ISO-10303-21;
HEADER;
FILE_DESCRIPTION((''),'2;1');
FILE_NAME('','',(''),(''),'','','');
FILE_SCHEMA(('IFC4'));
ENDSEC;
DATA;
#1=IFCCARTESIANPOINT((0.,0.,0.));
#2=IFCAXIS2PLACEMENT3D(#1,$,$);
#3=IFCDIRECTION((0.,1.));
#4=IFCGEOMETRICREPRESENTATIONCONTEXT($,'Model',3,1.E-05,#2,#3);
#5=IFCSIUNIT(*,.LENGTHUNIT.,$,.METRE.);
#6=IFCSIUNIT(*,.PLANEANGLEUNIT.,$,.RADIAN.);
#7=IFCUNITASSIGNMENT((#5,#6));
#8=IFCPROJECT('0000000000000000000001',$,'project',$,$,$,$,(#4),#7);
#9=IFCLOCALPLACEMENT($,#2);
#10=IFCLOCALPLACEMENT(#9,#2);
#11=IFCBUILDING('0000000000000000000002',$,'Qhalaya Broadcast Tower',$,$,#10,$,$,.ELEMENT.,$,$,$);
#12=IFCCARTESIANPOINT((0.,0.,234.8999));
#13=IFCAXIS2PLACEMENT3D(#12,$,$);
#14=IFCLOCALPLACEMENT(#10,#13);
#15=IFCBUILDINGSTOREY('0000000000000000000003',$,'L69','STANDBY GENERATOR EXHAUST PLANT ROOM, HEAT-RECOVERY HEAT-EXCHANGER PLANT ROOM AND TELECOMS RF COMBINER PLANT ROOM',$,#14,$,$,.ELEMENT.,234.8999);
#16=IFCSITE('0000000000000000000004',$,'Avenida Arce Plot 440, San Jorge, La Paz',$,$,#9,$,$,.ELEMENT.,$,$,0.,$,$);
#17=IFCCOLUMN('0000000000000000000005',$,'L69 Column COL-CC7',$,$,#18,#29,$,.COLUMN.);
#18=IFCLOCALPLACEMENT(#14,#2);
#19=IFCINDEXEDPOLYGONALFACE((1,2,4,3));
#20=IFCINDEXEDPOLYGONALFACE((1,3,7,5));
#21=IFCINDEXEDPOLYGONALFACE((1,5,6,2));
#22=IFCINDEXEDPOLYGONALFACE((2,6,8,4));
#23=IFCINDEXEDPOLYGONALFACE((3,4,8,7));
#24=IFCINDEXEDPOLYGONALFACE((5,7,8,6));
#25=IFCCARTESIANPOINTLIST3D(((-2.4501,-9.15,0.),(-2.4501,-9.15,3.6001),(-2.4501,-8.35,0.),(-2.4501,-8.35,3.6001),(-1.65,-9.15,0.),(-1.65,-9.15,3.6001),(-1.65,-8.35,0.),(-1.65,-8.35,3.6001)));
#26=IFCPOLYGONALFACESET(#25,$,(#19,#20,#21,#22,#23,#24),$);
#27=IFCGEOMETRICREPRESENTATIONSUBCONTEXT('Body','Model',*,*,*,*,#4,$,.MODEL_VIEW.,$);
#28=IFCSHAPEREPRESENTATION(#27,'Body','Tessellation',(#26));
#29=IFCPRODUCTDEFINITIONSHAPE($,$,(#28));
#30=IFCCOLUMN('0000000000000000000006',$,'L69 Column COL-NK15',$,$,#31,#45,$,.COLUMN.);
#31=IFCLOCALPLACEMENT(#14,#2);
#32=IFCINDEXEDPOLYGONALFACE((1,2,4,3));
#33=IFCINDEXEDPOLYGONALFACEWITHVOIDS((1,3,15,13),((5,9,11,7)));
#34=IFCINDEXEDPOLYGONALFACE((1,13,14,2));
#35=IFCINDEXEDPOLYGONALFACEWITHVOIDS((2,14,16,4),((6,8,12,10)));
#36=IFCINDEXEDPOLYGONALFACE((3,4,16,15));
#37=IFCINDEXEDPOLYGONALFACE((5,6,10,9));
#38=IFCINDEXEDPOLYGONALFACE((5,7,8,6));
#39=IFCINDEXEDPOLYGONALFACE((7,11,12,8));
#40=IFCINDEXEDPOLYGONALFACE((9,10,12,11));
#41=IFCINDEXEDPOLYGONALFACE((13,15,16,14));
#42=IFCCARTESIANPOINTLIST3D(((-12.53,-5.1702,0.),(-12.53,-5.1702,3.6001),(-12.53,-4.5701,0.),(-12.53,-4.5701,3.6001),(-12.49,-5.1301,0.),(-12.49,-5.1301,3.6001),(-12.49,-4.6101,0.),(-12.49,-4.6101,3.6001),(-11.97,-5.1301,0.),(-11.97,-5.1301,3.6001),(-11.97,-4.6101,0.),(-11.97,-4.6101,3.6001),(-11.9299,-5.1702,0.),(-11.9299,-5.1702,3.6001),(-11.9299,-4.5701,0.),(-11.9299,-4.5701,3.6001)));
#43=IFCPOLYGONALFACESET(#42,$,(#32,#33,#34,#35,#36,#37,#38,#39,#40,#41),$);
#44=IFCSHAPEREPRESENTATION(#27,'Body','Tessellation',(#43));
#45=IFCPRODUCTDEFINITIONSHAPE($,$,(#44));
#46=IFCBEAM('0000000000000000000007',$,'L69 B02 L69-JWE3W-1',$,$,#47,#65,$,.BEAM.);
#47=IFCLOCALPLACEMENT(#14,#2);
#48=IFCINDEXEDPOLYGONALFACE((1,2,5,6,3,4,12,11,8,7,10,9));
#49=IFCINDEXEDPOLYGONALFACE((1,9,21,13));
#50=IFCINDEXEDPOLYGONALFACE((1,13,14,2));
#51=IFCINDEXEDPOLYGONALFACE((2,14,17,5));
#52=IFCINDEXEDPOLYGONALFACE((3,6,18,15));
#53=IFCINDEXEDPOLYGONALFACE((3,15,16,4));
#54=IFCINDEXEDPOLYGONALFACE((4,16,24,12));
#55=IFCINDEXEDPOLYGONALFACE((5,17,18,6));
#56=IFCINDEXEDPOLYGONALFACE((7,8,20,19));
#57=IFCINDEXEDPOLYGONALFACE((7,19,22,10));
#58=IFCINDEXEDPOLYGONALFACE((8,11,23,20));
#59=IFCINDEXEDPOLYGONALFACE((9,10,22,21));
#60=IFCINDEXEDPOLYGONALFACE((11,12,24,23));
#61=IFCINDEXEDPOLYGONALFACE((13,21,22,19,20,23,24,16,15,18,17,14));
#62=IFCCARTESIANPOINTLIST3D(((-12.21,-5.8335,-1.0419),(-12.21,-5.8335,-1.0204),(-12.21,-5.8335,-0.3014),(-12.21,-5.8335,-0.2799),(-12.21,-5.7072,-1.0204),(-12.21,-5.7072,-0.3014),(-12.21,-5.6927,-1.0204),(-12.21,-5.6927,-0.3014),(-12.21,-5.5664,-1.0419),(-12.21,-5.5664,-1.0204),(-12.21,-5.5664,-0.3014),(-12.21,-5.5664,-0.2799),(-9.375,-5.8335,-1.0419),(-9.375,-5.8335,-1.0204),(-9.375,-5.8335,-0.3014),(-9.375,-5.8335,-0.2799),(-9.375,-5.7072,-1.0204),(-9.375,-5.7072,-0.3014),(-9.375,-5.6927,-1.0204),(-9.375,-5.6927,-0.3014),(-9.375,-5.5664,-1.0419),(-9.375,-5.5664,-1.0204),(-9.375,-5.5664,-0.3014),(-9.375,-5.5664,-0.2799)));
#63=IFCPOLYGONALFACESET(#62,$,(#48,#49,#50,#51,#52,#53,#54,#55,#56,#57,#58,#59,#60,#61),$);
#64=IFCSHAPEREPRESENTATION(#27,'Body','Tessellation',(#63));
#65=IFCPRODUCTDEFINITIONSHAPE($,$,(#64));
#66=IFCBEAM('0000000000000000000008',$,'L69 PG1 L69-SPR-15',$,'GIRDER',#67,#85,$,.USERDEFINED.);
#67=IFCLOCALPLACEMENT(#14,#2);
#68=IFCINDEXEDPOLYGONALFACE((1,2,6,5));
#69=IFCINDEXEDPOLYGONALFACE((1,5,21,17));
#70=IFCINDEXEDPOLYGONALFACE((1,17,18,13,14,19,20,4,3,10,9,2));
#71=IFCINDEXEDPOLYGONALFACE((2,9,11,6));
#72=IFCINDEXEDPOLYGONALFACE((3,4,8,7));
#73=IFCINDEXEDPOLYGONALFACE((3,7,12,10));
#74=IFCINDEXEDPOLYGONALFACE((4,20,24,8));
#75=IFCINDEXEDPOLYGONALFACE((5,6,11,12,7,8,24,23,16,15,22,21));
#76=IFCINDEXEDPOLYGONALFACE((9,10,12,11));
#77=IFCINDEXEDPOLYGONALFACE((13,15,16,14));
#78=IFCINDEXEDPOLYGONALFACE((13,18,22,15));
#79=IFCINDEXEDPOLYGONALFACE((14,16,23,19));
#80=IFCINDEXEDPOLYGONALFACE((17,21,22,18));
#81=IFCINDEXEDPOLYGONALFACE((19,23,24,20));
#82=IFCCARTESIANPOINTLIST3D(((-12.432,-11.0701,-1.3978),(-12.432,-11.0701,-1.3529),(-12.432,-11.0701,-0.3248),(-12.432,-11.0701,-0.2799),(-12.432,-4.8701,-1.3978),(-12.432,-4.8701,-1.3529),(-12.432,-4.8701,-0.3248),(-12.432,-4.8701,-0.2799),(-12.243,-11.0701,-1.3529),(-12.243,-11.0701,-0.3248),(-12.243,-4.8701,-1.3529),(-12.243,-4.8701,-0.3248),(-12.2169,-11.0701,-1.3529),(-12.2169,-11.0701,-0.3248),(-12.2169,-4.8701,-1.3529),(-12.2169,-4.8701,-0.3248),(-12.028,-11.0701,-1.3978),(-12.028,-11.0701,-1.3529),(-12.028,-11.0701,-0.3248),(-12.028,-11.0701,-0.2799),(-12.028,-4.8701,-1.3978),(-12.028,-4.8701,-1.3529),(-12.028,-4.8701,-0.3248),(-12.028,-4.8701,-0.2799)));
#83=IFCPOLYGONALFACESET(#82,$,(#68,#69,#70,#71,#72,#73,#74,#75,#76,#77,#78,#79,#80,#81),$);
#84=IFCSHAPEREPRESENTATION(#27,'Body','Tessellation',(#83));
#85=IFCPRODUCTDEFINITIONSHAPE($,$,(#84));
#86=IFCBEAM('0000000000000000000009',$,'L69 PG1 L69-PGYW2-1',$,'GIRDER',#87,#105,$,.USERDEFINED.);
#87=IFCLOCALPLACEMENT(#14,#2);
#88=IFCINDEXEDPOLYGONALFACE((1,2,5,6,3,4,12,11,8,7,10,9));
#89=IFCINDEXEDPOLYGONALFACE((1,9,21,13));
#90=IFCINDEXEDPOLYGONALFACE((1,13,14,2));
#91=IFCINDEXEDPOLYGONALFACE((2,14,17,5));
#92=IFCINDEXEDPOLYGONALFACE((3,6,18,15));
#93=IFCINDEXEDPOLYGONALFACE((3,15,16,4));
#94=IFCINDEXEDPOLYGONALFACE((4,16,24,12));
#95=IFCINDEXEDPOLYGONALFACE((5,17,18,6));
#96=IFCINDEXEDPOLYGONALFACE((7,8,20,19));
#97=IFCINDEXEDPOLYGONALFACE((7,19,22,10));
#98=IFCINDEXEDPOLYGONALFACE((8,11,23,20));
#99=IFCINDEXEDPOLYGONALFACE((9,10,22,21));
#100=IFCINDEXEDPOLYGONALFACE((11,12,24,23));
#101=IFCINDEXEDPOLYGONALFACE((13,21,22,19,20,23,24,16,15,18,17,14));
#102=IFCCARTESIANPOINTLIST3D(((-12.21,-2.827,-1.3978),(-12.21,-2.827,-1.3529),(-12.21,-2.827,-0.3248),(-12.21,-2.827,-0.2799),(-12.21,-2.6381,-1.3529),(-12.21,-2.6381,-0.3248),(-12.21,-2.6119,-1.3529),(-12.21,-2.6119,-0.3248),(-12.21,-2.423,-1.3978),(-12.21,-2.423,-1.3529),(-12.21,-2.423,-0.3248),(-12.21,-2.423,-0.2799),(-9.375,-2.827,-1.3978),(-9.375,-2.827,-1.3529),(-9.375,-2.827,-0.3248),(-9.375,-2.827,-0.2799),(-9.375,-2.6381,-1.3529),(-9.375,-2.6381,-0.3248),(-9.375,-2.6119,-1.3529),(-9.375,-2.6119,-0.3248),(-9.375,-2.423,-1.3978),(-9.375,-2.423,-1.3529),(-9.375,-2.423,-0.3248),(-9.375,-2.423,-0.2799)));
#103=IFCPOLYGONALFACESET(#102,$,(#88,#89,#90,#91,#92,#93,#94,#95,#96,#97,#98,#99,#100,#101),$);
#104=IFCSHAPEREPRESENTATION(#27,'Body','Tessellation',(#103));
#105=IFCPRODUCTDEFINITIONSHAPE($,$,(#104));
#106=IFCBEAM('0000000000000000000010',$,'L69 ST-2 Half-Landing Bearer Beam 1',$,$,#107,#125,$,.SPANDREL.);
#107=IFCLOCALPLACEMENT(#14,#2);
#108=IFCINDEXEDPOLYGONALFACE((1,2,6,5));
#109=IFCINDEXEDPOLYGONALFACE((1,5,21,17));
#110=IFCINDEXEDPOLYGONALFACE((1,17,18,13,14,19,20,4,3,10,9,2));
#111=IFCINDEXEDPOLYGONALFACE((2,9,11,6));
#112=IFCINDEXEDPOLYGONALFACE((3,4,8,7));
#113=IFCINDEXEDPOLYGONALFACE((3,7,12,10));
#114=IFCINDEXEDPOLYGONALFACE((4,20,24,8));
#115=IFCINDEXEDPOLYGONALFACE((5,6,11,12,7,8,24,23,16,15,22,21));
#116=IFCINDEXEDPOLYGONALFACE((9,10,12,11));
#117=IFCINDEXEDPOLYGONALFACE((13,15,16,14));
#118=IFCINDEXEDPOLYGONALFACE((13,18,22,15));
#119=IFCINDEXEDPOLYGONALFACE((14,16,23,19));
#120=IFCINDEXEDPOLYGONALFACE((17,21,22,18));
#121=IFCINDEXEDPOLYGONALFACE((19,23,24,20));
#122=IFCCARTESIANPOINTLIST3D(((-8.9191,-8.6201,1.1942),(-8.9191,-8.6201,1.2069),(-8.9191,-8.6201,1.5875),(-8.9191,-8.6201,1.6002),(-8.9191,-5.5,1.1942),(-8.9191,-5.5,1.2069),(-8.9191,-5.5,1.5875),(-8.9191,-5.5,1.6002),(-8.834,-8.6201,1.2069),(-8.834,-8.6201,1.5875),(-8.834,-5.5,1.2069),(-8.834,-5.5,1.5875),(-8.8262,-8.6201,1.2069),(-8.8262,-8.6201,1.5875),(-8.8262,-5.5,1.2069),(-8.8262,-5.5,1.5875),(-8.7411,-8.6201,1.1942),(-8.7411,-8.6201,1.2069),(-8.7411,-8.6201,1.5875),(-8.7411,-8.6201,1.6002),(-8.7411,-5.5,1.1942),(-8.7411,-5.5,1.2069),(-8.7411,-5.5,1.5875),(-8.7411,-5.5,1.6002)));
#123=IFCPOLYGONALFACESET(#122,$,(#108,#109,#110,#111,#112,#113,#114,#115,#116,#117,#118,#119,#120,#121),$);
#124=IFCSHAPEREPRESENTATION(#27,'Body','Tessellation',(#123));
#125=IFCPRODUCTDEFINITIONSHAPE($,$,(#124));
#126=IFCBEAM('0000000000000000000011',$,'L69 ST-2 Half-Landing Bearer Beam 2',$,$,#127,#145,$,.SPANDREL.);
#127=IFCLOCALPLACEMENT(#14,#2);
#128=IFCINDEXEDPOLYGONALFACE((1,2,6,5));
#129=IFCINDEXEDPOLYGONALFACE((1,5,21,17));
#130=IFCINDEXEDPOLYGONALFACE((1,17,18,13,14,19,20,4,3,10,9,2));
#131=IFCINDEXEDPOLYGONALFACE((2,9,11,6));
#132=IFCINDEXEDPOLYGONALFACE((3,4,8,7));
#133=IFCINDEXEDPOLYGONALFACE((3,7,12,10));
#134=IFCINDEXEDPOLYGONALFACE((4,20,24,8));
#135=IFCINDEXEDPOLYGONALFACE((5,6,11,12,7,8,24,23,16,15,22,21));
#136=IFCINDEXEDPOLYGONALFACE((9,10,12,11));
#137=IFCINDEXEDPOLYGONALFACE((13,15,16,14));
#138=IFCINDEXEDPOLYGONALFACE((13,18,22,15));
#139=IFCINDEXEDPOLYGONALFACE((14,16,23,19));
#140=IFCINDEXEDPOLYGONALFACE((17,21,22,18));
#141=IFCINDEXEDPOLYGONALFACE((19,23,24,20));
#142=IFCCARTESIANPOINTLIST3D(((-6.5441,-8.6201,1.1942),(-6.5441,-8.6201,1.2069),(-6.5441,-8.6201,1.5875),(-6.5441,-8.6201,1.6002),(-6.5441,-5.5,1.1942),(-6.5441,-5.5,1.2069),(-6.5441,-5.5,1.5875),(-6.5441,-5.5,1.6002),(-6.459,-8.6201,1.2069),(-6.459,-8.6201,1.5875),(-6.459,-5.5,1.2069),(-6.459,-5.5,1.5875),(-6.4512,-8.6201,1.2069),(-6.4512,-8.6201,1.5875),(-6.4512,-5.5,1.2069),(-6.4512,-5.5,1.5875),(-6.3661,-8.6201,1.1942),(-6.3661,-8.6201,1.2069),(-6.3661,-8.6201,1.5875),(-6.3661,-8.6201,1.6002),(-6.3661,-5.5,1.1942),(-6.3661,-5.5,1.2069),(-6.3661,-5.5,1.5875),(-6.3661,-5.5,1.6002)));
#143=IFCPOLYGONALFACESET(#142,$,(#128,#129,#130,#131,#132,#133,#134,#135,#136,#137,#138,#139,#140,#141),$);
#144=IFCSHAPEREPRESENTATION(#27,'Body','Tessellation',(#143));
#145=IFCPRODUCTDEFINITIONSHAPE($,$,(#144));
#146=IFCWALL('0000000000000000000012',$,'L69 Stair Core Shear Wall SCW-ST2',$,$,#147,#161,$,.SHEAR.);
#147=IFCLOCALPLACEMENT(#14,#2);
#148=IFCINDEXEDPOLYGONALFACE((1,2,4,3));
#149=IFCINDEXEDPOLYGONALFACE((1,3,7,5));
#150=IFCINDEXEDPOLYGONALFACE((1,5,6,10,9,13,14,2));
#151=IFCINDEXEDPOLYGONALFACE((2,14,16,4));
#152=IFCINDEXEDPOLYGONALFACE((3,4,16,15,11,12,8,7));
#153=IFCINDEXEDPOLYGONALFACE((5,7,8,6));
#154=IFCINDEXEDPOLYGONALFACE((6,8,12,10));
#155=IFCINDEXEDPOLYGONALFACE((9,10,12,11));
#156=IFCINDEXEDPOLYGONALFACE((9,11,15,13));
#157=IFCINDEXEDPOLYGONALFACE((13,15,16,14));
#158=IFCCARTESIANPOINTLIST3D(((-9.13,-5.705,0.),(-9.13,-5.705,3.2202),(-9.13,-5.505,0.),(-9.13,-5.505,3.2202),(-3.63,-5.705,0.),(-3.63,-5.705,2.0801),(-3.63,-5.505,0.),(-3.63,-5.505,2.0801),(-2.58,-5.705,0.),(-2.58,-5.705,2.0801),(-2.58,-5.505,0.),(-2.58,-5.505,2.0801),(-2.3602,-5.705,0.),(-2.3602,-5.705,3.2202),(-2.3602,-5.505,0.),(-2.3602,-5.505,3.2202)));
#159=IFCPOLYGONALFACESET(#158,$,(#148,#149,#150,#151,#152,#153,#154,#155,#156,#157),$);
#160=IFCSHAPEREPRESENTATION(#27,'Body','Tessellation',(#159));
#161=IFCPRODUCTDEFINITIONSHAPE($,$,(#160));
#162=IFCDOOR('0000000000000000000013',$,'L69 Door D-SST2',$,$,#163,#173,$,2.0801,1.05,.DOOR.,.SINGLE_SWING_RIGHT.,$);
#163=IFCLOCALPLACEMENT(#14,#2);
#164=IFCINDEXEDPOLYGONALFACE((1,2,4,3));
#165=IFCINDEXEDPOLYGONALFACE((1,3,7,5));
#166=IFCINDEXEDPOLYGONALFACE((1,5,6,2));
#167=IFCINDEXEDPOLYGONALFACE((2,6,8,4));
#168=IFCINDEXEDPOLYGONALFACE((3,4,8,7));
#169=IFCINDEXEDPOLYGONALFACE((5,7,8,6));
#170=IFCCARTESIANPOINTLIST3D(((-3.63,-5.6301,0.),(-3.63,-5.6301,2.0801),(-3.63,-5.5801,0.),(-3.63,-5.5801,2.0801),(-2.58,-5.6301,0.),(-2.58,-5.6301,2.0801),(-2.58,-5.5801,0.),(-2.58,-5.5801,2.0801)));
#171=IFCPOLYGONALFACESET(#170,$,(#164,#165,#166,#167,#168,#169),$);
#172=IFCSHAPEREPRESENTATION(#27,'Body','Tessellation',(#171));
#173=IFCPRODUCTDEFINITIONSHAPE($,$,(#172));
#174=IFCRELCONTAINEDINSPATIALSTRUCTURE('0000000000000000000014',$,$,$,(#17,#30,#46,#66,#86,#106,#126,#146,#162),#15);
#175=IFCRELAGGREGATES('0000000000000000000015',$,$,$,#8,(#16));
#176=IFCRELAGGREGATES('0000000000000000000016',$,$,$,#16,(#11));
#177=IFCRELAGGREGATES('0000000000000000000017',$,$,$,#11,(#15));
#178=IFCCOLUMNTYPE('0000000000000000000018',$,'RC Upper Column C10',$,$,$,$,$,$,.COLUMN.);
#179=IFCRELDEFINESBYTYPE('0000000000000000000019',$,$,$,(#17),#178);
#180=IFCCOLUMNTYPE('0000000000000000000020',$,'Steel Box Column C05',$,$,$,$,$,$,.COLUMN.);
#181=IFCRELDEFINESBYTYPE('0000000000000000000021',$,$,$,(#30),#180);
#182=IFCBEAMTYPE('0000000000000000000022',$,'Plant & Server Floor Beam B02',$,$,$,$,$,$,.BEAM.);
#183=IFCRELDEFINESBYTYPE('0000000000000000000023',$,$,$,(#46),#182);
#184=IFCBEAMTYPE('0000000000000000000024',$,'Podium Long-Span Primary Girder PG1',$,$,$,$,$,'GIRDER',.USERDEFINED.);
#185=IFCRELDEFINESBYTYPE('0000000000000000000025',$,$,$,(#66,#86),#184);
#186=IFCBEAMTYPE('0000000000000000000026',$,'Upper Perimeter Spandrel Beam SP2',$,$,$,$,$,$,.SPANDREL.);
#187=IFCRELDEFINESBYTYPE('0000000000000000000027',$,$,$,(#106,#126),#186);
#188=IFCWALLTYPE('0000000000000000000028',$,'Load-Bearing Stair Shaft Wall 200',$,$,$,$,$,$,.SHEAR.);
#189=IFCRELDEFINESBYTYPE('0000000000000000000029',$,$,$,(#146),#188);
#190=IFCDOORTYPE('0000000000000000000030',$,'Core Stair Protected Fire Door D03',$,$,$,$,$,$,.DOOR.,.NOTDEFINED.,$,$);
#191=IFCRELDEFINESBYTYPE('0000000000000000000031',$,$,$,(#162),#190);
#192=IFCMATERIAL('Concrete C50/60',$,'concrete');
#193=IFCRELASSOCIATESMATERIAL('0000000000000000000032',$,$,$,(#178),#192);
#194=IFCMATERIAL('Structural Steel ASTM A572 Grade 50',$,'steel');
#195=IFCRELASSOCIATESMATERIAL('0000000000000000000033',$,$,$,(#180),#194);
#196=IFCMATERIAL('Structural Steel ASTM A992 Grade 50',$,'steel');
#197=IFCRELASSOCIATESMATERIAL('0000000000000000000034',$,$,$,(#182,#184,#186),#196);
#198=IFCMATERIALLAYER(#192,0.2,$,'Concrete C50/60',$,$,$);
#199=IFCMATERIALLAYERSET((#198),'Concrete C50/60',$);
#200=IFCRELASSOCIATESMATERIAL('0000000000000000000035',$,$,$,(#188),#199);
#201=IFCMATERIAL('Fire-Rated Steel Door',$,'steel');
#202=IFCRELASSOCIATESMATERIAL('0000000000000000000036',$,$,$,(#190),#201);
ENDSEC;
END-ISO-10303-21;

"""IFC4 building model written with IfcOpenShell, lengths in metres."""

from ifc_helpers import new_model, si_unit, direction, frame, frame_2d, origin, origin_2d, place, context, subcontext, project, spatial, rectangle, hollow_rectangle, i_section, extrude, material, layer, layer_set, material_profile, profile_set, type_object, element, fill, save


model = new_model("IFC4")

# Units and contexts
model_context = context("Model", 3, precision=1e-05, world=origin(), true_north=direction((0.0, 1.0)))
body_context = subcontext(model_context, "Body", "Model", "MODEL_VIEW")
ifc_project = project(units=[si_unit("LENGTHUNIT", "METRE"), si_unit("PLANEANGLEUNIT", "RADIAN")], contexts=[model_context])

# Site, building, storey
site_placement = place(None, origin())
site = spatial("IfcSite", under=ifc_project, at=site_placement, Name="Avenida Arce Plot 440, San Jorge, La Paz", CompositionType="ELEMENT", RefElevation=0.0)
building_placement = place(site_placement, origin())
building = spatial("IfcBuilding", under=site, at=building_placement, Name="Qhalaya Broadcast Tower", CompositionType="ELEMENT")
storey_placement = place(building_placement, frame((0.0, 0.0, 234.8999)))
storey = spatial("IfcBuildingStorey", under=building, at=storey_placement, Name="L69", Description="STANDBY GENERATOR EXHAUST PLANT ROOM, HEAT-RECOVERY HEAT-EXCHANGER PLANT ROOM AND TELECOMS RF COMBINER PLANT ROOM", CompositionType="ELEMENT", Elevation=234.8999)

# Columns
ifc_material_1 = material(Name="Concrete C50/60", Category="concrete")
ifc_material_profile_1 = material_profile(ifc_material_1, rectangle(XDim=0.8, YDim=0.8, at=origin_2d()), Name="RC-COL 800x800")
ifc_profile_set_1 = profile_set([ifc_material_profile_1], Name="Concrete C50/60")
column_type_1 = type_object("IfcColumnType", Name="RC Upper Column C10", PredefinedType="COLUMN", material=ifc_profile_set_1)
column_1_placement = place(storey_placement, frame((-2.05, -8.75, 0.0), z_axis=(0.0, 0.0, 1.0), x_axis=(1.0, 0.0, 0.0)))
element("IfcColumn", 1, at=column_1_placement, inside=storey, type_object=column_type_1, Name="L69 Column COL-CC7", PredefinedType="COLUMN", context=body_context, shape_type="SweptSolid", body=[
    extrude(rectangle(XDim=0.8, YDim=0.8, at=origin_2d()), origin(), (0.0, 0.0, 1.0), 3.6001),
])
ifc_material_2 = material(Name="Structural Steel ASTM A572 Grade 50", Category="steel")
ifc_material_profile_2 = material_profile(ifc_material_2, hollow_rectangle(XDim=0.6001, YDim=0.6001, WallThickness=0.04, at=origin_2d()), Name="BOX 600x600x40")
ifc_profile_set_2 = profile_set([ifc_material_profile_2], Name="Structural Steel ASTM A572 Grade 50")
column_type_2 = type_object("IfcColumnType", Name="Steel Box Column C05", PredefinedType="COLUMN", material=ifc_profile_set_2)
column_2_placement = place(storey_placement, frame((-12.23, -4.8701, 0.0), z_axis=(0.0, 0.0, 1.0), x_axis=(0.0, 1.0, 0.0)))
element("IfcColumn", 2, at=column_2_placement, inside=storey, type_object=column_type_2, Name="L69 Column COL-NK15", PredefinedType="COLUMN", context=body_context, shape_type="SweptSolid", body=[
    extrude(hollow_rectangle(XDim=0.6001, YDim=0.6001, WallThickness=0.04, at=origin_2d()), origin(), (0.0, 0.0, 1.0), 3.6001),
])

# Beams
ifc_material_3 = material(Name="Structural Steel ASTM A992 Grade 50", Category="steel")
ifc_material_profile_3 = material_profile(ifc_material_3, i_section(OverallWidth=0.2671, OverallDepth=0.762, WebThickness=0.0144, FlangeThickness=0.0215, at=origin_2d()), Name="W30X116")
ifc_profile_set_3 = profile_set([ifc_material_profile_3], Name="Structural Steel ASTM A992 Grade 50")
beam_type_1 = type_object("IfcBeamType", Name="Plant & Server Floor Beam B02", PredefinedType="BEAM", material=ifc_profile_set_3)
beam_1_placement = place(storey_placement, frame((-12.21, -5.7, -0.6609), z_axis=(1.0, 0.0, 0.0), x_axis=(0.0, 1.0, 0.0)))
element("IfcBeam", 3, at=beam_1_placement, inside=storey, type_object=beam_type_1, Name="L69 B02 L69-JWE3W-1", PredefinedType="BEAM", context=body_context, shape_type="SweptSolid", body=[
    extrude(i_section(OverallWidth=0.2671, OverallDepth=0.762, WebThickness=0.0144, FlangeThickness=0.0215, at=origin_2d()), origin(), (0.0, 0.0, 1.0), 2.835),
])
ifc_material_profile_4 = material_profile(ifc_material_3, i_section(OverallWidth=0.4041, OverallDepth=1.1179, WebThickness=0.0261, FlangeThickness=0.0449, at=origin_2d()), Name="W44X335")
ifc_profile_set_4 = profile_set([ifc_material_profile_4], Name="Structural Steel ASTM A992 Grade 50")
beam_type_2 = type_object("IfcBeamType", Name="Podium Long-Span Primary Girder PG1", ElementType="GIRDER", PredefinedType="USERDEFINED", material=ifc_profile_set_4)
beam_2_placement = place(storey_placement, frame((-12.23, -4.8701, -0.8389), z_axis=(0.0, -1.0, 0.0), x_axis=(1.0, 0.0, 0.0)))
element("IfcBeam", 4, at=beam_2_placement, inside=storey, type_object=beam_type_2, Name="L69 PG1 L69-SPR-15", ObjectType="GIRDER", PredefinedType="USERDEFINED", context=body_context, shape_type="SweptSolid", body=[
    extrude(i_section(OverallWidth=0.4041, OverallDepth=1.1179, WebThickness=0.0261, FlangeThickness=0.0449, at=origin_2d()), origin(), (0.0, 0.0, 1.0), 6.2),
])
beam_3_placement = place(storey_placement, frame((-12.21, -2.625, -0.8389), z_axis=(1.0, 0.0, 0.0), x_axis=(0.0, 1.0, 0.0)))
element("IfcBeam", 5, at=beam_3_placement, inside=storey, type_object=beam_type_2, Name="L69 PG1 L69-PGYW2-1", ObjectType="GIRDER", PredefinedType="USERDEFINED", context=body_context, shape_type="SweptSolid", body=[
    extrude(i_section(OverallWidth=0.4041, OverallDepth=1.1179, WebThickness=0.0261, FlangeThickness=0.0449, at=origin_2d()), origin(), (0.0, 0.0, 1.0), 2.835),
])
ifc_material_profile_5 = material_profile(ifc_material_3, i_section(OverallWidth=0.178, OverallDepth=0.406, WebThickness=0.0078, FlangeThickness=0.0127, at=origin_2d()), Name="W16X40")
ifc_profile_set_5 = profile_set([ifc_material_profile_5], Name="Structural Steel ASTM A992 Grade 50")
beam_type_3 = type_object("IfcBeamType", Name="Upper Perimeter Spandrel Beam SP2", PredefinedType="SPANDREL", material=ifc_profile_set_5)
for number, where, z_axis, x_axis, name in (
    (6, (-8.8301, -8.6201, 1.3972), (0.0, 1.0, 0.0), (-1.0, 0.0, 0.0), "L69 ST-2 Half-Landing Bearer Beam 1"),
    (7, (-6.4551, -8.6201, 1.3972), (0.0, 1.0, 0.0), (-1.0, 0.0, 0.0), "L69 ST-2 Half-Landing Bearer Beam 2"),
):
    element("IfcBeam", number, at=place(storey_placement, frame(where, z_axis=z_axis, x_axis=x_axis)), inside=storey, type_object=beam_type_3, Name=name, PredefinedType="SPANDREL", context=body_context, shape_type="SweptSolid", body=[
        extrude(i_section(OverallWidth=0.178, OverallDepth=0.406, WebThickness=0.0078, FlangeThickness=0.0127, at=origin_2d()), origin(), (0.0, 0.0, 1.0), 3.1201),
    ])

# Wall, opening, door
ifc_layer_1 = layer(ifc_material_1, 0.2, Name="Concrete C50/60")
ifc_layer_set_1 = layer_set([ifc_layer_1], Name="Concrete C50/60")
wall_type_1 = type_object("IfcWallType", Name="Load-Bearing Stair Shaft Wall 200", PredefinedType="SHEAR", material=ifc_layer_set_1)
wall_1_placement = place(storey_placement, frame((-9.1299, -5.605, 0.0), z_axis=(0.0, 0.0, 1.0), x_axis=(1.0, 0.0, 0.0)))
wall_1 = element("IfcWall", 8, at=wall_1_placement, inside=storey, type_object=wall_type_1, Name="L69 Stair Core Shear Wall SCW-ST2", PredefinedType="SHEAR", context=body_context, shape_type="SweptSolid", body=[
    extrude(rectangle(XDim=6.7698, YDim=0.2, at=frame_2d((3.3848, 0.0))), origin(), (0.0, 0.0, 1.0), 3.2202),
])
opening_1_placement = place(wall_1_placement, frame((5.5, 0.0, 0.0)))
opening_1 = element("IfcOpeningElement", 9, at=opening_1_placement, cuts=wall_1, PredefinedType="OPENING", context=body_context, shape_type="SweptSolid", body=[
    extrude(rectangle(XDim=1.05, YDim=2.0801, at=frame_2d((0.5249, 1.04))), frame((0.0, 0.1121, 0.0), z_axis=(0.0, -1.0, 0.0), x_axis=(1.0, 0.0, 0.0)), (0.0, 0.0, 1.0), 0.2239),
])
ifc_material_4 = material(Name="Fire-Rated Steel Door", Category="steel")
door_type_1 = type_object("IfcDoorType", Name="Core Stair Protected Fire Door D03", OperationType="NOTDEFINED", PredefinedType="DOOR", material=ifc_material_4)
door_1_placement = place(opening_1_placement, origin())
door_1 = element("IfcDoor", 10, at=door_1_placement, inside=storey, type_object=door_type_1, Name="L69 Door D-SST2", OperationType="SINGLE_SWING_RIGHT", OverallHeight=2.0801, OverallWidth=1.05, PredefinedType="DOOR", context=body_context, shape_type="SweptSolid", body=[
    extrude(rectangle(XDim=1.05, YDim=2.0801, at=frame_2d((0.5249, 1.04))), frame((0.0, 0.0249, 0.0), z_axis=(0.0, -1.0, 0.0), x_axis=(1.0, 0.0, 0.0)), (0.0, 0.0, 1.0), 0.05),
])
fill(opening_1, door_1)

save(model, "model.ifc")
